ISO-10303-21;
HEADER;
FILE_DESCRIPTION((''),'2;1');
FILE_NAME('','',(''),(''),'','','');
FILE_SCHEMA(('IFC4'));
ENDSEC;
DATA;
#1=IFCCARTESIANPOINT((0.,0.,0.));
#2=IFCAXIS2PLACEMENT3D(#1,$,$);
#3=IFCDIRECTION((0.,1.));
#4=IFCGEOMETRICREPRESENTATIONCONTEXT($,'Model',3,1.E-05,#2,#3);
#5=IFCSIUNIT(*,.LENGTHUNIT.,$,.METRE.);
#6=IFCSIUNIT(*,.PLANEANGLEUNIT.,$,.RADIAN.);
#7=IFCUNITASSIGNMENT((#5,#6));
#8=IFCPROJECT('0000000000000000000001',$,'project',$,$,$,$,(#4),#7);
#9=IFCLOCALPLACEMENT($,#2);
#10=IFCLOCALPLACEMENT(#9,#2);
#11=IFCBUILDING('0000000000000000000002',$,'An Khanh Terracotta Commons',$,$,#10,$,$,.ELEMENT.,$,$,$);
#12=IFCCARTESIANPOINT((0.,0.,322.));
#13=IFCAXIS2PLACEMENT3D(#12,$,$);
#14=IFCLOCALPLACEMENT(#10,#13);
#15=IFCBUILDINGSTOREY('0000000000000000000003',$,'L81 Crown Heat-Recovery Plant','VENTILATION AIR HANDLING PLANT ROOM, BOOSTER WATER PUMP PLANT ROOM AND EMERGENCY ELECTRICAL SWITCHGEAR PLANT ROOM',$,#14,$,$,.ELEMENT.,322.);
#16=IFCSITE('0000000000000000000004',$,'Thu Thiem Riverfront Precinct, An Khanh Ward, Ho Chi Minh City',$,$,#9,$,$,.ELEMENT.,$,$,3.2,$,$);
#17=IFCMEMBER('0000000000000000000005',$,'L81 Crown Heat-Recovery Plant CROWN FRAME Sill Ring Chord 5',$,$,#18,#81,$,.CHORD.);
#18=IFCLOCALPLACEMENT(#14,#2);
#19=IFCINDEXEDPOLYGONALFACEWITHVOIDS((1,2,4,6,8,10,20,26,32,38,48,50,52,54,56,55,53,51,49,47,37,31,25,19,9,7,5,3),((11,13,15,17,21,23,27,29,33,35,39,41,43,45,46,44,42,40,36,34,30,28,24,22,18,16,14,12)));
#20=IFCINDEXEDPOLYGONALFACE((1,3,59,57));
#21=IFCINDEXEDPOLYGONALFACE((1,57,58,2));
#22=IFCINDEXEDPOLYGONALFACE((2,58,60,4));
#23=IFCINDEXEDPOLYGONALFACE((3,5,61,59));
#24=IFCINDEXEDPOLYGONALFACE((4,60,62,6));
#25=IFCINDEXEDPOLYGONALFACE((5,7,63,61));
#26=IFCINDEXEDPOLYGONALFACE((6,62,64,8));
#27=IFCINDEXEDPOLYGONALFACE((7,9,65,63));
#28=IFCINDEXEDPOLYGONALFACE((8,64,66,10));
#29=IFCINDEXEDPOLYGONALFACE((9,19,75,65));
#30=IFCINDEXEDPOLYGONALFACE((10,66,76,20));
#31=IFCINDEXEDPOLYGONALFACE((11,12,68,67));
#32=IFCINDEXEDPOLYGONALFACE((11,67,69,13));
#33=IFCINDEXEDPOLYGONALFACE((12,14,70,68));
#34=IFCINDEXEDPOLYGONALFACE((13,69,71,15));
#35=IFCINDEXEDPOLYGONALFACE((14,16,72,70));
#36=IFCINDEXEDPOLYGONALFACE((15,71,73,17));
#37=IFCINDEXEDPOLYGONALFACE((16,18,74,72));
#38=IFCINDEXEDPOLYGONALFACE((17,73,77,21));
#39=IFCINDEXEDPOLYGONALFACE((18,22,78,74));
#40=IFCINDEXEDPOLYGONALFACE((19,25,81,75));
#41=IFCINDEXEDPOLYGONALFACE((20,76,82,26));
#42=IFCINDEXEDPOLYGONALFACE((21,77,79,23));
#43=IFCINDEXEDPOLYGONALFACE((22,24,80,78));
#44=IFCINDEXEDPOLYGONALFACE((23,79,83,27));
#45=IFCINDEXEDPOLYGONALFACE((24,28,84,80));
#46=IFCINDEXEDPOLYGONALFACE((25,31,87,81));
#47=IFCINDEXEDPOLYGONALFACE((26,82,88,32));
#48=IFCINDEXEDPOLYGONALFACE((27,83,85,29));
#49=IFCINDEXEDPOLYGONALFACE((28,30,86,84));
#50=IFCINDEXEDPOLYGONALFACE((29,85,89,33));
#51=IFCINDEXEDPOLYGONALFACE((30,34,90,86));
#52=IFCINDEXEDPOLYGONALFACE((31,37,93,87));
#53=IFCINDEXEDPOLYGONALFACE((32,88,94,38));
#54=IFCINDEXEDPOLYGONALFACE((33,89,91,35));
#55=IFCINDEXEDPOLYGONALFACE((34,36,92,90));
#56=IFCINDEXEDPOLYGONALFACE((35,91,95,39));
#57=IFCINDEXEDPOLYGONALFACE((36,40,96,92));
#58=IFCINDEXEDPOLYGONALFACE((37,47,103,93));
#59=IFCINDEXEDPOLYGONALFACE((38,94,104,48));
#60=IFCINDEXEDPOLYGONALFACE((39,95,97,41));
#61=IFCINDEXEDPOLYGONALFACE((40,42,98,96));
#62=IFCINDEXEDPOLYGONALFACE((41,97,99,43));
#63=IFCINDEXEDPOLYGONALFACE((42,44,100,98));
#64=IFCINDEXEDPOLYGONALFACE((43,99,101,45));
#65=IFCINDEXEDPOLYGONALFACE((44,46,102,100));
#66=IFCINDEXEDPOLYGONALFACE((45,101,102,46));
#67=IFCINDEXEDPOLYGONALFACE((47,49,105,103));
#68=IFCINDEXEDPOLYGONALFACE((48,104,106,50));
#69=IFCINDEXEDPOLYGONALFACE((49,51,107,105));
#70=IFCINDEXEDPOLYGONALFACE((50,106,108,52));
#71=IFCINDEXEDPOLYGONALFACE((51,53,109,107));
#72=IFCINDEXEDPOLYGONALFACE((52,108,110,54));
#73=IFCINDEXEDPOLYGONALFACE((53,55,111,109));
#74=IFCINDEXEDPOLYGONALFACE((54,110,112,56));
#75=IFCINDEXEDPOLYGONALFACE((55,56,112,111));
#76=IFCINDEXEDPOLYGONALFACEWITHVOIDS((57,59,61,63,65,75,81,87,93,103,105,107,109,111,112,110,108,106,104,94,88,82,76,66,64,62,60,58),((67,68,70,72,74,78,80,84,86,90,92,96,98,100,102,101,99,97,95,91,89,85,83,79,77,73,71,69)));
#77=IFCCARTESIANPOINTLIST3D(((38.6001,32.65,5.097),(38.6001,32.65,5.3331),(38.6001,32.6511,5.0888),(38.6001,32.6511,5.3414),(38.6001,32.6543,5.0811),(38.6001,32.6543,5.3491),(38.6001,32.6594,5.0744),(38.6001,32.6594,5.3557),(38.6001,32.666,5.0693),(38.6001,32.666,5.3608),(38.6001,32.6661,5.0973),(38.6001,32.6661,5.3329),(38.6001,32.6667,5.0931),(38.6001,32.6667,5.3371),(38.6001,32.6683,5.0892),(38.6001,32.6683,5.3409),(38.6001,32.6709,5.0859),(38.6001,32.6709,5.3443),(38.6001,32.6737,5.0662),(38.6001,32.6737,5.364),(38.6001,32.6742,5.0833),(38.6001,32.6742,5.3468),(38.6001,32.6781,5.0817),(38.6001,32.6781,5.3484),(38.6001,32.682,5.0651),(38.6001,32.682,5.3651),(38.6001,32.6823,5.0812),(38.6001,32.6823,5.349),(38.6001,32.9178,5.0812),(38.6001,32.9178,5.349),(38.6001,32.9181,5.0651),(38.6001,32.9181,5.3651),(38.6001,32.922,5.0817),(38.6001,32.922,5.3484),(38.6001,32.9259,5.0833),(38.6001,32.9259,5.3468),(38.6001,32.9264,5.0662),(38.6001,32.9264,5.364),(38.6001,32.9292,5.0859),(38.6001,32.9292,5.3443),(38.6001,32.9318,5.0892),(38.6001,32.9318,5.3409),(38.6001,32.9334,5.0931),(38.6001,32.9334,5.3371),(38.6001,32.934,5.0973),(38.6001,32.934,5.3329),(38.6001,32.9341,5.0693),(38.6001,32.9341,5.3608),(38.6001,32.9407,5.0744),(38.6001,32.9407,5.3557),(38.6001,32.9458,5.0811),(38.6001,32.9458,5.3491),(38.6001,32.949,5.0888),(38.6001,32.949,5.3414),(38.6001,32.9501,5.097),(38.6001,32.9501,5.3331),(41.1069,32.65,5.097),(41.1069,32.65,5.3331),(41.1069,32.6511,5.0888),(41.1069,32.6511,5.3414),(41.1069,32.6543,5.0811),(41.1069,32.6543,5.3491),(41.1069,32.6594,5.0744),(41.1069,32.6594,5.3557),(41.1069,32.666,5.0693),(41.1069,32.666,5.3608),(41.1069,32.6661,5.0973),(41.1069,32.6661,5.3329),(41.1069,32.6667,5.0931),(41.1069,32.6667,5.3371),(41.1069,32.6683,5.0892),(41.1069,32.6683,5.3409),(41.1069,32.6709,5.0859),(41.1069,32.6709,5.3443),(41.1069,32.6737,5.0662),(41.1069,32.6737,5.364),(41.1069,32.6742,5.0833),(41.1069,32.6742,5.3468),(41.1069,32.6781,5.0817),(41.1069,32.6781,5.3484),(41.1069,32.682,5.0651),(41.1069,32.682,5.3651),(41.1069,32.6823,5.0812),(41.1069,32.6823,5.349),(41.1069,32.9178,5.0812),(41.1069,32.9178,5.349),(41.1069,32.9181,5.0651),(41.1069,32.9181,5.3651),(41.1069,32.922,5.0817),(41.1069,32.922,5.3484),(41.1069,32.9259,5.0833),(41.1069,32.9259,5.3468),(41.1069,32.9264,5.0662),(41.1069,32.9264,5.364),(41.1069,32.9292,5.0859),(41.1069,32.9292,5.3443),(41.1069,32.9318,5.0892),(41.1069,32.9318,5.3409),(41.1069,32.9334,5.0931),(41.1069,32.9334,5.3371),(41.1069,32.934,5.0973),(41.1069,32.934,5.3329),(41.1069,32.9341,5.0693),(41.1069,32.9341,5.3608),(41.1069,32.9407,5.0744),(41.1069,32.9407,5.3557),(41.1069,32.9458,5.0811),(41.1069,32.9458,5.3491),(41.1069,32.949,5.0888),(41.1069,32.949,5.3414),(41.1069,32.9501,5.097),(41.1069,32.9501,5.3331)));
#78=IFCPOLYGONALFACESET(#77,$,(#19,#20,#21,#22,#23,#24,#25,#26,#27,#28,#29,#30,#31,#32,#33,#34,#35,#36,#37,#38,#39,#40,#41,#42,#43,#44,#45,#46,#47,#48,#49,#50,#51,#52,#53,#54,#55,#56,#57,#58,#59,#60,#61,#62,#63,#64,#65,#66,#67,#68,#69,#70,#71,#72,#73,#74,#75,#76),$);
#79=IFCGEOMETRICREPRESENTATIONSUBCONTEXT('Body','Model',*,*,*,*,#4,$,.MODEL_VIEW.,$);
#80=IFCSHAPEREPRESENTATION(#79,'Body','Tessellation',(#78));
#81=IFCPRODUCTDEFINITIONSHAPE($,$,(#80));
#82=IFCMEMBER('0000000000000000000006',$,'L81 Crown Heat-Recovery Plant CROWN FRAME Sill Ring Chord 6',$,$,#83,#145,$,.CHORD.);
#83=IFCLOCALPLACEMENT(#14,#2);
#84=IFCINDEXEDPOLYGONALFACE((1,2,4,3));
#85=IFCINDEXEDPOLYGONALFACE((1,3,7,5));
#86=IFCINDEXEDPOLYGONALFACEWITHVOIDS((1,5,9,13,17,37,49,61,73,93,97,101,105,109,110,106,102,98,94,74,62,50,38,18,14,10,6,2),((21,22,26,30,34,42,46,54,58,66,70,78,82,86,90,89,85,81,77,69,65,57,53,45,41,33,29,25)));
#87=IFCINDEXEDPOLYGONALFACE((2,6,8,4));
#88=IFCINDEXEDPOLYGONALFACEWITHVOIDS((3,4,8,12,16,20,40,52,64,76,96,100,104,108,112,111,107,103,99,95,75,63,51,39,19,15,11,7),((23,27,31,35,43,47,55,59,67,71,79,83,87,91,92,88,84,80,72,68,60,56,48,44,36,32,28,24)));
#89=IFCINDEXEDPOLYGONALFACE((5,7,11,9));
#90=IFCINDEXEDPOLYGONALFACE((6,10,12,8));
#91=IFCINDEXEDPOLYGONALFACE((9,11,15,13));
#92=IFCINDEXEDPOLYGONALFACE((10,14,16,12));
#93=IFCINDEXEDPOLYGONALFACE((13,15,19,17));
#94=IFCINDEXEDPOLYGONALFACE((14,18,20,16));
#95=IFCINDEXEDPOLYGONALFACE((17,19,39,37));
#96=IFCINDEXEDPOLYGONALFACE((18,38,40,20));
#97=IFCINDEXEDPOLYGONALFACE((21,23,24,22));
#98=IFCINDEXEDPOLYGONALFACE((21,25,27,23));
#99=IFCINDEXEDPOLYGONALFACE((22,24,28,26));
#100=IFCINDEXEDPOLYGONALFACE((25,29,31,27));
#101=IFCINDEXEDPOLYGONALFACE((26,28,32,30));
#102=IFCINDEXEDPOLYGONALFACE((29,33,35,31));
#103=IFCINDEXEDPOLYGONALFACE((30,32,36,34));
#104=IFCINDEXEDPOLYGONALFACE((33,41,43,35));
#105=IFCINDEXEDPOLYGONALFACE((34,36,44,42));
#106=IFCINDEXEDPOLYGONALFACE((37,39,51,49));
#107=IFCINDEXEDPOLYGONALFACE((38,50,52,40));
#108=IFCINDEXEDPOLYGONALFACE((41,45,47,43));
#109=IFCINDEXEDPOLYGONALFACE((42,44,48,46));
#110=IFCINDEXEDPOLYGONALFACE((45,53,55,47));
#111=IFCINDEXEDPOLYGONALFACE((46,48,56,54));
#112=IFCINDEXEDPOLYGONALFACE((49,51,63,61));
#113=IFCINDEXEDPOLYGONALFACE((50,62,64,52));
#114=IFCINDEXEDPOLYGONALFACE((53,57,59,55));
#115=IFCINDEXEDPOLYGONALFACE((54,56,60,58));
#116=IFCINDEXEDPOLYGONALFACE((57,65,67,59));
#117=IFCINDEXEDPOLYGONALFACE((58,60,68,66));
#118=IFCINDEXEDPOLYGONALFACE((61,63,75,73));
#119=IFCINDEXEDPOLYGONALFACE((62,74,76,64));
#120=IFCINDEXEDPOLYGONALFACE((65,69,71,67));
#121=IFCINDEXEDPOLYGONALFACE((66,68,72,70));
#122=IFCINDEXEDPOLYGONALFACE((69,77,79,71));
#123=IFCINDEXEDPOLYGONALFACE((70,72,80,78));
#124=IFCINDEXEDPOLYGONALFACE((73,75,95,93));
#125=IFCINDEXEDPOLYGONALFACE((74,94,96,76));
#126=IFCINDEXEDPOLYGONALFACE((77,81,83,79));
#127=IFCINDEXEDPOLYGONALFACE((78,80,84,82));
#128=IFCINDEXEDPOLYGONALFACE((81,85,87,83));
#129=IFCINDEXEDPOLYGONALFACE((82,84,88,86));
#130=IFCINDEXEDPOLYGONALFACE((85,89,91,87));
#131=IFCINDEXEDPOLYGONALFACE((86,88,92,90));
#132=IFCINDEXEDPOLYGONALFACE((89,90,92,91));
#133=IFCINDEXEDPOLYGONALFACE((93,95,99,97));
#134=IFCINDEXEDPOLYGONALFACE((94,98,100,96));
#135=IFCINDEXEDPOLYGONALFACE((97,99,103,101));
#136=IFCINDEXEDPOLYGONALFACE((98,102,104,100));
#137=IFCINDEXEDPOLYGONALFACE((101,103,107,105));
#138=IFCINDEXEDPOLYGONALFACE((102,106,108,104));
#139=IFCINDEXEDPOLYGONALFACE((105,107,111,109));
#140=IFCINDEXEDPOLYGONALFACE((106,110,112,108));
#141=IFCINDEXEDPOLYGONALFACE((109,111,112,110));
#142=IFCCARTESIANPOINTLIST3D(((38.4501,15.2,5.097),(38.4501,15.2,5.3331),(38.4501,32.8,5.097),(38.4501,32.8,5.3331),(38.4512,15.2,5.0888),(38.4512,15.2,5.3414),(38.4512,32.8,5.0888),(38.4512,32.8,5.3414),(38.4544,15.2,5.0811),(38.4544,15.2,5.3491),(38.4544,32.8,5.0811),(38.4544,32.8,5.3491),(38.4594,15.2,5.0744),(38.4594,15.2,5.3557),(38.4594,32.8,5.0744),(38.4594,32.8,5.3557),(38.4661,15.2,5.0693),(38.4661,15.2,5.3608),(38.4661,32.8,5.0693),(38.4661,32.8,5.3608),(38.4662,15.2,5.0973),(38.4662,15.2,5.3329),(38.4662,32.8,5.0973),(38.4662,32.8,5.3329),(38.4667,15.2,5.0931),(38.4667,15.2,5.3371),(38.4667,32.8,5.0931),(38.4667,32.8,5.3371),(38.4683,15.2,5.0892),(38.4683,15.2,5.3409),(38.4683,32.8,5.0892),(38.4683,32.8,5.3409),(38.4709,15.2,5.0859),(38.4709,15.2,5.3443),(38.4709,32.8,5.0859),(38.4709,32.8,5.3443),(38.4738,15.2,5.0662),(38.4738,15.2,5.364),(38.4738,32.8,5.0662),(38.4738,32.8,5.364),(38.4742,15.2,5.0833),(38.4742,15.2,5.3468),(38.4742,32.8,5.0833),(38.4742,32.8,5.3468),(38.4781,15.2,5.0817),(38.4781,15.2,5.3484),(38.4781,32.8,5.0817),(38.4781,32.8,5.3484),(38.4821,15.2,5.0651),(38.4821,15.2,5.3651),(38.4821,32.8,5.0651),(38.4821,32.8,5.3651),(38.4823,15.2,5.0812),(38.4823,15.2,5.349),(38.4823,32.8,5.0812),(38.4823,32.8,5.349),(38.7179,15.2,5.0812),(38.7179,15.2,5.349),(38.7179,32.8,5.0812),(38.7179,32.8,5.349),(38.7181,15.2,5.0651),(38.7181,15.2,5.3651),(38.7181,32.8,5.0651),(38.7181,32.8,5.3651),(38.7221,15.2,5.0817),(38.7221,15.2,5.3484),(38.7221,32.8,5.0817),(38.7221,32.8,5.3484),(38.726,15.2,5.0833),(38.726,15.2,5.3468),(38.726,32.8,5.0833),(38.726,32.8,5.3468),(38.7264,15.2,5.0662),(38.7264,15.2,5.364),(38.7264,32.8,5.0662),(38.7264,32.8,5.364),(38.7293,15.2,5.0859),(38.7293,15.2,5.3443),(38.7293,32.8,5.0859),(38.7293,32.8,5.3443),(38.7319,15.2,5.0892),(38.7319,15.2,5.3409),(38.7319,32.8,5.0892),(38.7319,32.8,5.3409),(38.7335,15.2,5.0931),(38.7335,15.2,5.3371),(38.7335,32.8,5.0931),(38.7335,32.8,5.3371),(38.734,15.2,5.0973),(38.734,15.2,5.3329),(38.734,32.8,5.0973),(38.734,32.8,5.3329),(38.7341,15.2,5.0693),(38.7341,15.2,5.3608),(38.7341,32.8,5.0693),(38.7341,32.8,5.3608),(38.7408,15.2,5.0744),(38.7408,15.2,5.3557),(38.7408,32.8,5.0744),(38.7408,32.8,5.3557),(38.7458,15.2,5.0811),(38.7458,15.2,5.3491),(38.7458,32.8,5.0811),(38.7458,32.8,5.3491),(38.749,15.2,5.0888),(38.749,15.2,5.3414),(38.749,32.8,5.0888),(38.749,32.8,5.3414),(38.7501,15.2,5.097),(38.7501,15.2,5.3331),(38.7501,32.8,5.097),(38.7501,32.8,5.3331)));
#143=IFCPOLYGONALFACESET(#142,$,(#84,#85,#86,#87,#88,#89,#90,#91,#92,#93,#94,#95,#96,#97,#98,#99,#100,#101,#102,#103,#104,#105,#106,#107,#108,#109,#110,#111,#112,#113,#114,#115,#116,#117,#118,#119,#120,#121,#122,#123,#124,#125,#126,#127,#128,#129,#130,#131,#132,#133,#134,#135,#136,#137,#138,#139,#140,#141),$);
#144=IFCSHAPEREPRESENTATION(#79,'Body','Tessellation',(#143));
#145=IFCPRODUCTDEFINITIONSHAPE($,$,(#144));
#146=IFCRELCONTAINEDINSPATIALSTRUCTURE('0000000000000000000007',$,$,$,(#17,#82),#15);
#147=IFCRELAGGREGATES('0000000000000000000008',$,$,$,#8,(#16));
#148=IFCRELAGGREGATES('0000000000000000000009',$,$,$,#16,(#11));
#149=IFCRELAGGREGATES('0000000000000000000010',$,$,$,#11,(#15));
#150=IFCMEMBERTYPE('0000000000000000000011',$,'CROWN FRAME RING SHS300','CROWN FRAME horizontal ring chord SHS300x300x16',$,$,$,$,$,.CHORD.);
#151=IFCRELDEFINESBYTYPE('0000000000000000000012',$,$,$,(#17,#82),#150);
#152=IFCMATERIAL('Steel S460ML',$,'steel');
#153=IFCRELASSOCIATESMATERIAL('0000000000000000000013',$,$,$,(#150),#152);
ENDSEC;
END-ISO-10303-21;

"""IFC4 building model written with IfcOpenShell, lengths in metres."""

from ifc_helpers import new_model, si_unit, direction, frame, origin, origin_2d, place, context, subcontext, project, spatial, hollow_rectangle, extrude, material, material_profile, profile_set, type_object, element, save


model = new_model("IFC4")

# Units and contexts
model_context = context("Model", 3, precision=1e-05, world=origin(), true_north=direction((0.0, 1.0)))
body_context = subcontext(model_context, "Body", "Model", "MODEL_VIEW")
ifc_project = project(units=[si_unit("LENGTHUNIT", "METRE"), si_unit("PLANEANGLEUNIT", "RADIAN")], contexts=[model_context])

# Site, building, storey
site_placement = place(None, origin())
site = spatial("IfcSite", under=ifc_project, at=site_placement, Name="Thu Thiem Riverfront Precinct, An Khanh Ward, Ho Chi Minh City", CompositionType="ELEMENT", RefElevation=3.2)
building_placement = place(site_placement, origin())
building = spatial("IfcBuilding", under=site, at=building_placement, Name="An Khanh Terracotta Commons", CompositionType="ELEMENT")
storey_placement = place(building_placement, frame((0.0, 0.0, 322.0)))
storey = spatial("IfcBuildingStorey", under=building, at=storey_placement, Name="L81 Crown Heat-Recovery Plant", Description="VENTILATION AIR HANDLING PLANT ROOM, BOOSTER WATER PUMP PLANT ROOM AND EMERGENCY ELECTRICAL SWITCHGEAR PLANT ROOM", CompositionType="ELEMENT", Elevation=322.0)

# Members
ifc_material_1 = material(Name="Steel S460ML", Category="steel")
ifc_material_profile_1 = material_profile(ifc_material_1, hollow_rectangle(XDim=0.3, YDim=0.3, WallThickness=0.0161, InnerFilletRadius=0.0161, OuterFilletRadius=0.032, at=origin_2d()), Name="SHS300x300x16")
ifc_profile_set_1 = profile_set([ifc_material_profile_1], Name="Steel S460ML")
member_type_1 = type_object("IfcMemberType", Name="CROWN FRAME RING SHS300", Description="CROWN FRAME horizontal ring chord SHS300x300x16", PredefinedType="CHORD", material=ifc_profile_set_1)
member_1_placement = place(storey_placement, frame((41.1069, 32.8, 5.2151), z_axis=(-1.0, 0.0, 0.0), x_axis=(0.0, -1.0, 0.0)))
element("IfcMember", 1, at=member_1_placement, inside=storey, type_object=member_type_1, Name="L81 Crown Heat-Recovery Plant CROWN FRAME Sill Ring Chord 5", PredefinedType="CHORD", context=body_context, shape_type="SweptSolid", body=[
    extrude(hollow_rectangle(XDim=0.3, YDim=0.3, WallThickness=0.0161, InnerFilletRadius=0.0161, OuterFilletRadius=0.032, at=origin_2d()), origin(), (0.0, 0.0, 1.0), 2.5068),
])
member_2_placement = place(storey_placement, frame((38.6001, 32.8, 5.2151), z_axis=(0.0, -1.0, 0.0), x_axis=(1.0, 0.0, 0.0)))
element("IfcMember", 2, at=member_2_placement, inside=storey, type_object=member_type_1, Name="L81 Crown Heat-Recovery Plant CROWN FRAME Sill Ring Chord 6", PredefinedType="CHORD", context=body_context, shape_type="SweptSolid", body=[
    extrude(hollow_rectangle(XDim=0.3, YDim=0.3, WallThickness=0.0161, InnerFilletRadius=0.0161, OuterFilletRadius=0.032, at=origin_2d()), origin(), (0.0, 0.0, 1.0), 17.6001),
])

save(model, "model.ifc")
